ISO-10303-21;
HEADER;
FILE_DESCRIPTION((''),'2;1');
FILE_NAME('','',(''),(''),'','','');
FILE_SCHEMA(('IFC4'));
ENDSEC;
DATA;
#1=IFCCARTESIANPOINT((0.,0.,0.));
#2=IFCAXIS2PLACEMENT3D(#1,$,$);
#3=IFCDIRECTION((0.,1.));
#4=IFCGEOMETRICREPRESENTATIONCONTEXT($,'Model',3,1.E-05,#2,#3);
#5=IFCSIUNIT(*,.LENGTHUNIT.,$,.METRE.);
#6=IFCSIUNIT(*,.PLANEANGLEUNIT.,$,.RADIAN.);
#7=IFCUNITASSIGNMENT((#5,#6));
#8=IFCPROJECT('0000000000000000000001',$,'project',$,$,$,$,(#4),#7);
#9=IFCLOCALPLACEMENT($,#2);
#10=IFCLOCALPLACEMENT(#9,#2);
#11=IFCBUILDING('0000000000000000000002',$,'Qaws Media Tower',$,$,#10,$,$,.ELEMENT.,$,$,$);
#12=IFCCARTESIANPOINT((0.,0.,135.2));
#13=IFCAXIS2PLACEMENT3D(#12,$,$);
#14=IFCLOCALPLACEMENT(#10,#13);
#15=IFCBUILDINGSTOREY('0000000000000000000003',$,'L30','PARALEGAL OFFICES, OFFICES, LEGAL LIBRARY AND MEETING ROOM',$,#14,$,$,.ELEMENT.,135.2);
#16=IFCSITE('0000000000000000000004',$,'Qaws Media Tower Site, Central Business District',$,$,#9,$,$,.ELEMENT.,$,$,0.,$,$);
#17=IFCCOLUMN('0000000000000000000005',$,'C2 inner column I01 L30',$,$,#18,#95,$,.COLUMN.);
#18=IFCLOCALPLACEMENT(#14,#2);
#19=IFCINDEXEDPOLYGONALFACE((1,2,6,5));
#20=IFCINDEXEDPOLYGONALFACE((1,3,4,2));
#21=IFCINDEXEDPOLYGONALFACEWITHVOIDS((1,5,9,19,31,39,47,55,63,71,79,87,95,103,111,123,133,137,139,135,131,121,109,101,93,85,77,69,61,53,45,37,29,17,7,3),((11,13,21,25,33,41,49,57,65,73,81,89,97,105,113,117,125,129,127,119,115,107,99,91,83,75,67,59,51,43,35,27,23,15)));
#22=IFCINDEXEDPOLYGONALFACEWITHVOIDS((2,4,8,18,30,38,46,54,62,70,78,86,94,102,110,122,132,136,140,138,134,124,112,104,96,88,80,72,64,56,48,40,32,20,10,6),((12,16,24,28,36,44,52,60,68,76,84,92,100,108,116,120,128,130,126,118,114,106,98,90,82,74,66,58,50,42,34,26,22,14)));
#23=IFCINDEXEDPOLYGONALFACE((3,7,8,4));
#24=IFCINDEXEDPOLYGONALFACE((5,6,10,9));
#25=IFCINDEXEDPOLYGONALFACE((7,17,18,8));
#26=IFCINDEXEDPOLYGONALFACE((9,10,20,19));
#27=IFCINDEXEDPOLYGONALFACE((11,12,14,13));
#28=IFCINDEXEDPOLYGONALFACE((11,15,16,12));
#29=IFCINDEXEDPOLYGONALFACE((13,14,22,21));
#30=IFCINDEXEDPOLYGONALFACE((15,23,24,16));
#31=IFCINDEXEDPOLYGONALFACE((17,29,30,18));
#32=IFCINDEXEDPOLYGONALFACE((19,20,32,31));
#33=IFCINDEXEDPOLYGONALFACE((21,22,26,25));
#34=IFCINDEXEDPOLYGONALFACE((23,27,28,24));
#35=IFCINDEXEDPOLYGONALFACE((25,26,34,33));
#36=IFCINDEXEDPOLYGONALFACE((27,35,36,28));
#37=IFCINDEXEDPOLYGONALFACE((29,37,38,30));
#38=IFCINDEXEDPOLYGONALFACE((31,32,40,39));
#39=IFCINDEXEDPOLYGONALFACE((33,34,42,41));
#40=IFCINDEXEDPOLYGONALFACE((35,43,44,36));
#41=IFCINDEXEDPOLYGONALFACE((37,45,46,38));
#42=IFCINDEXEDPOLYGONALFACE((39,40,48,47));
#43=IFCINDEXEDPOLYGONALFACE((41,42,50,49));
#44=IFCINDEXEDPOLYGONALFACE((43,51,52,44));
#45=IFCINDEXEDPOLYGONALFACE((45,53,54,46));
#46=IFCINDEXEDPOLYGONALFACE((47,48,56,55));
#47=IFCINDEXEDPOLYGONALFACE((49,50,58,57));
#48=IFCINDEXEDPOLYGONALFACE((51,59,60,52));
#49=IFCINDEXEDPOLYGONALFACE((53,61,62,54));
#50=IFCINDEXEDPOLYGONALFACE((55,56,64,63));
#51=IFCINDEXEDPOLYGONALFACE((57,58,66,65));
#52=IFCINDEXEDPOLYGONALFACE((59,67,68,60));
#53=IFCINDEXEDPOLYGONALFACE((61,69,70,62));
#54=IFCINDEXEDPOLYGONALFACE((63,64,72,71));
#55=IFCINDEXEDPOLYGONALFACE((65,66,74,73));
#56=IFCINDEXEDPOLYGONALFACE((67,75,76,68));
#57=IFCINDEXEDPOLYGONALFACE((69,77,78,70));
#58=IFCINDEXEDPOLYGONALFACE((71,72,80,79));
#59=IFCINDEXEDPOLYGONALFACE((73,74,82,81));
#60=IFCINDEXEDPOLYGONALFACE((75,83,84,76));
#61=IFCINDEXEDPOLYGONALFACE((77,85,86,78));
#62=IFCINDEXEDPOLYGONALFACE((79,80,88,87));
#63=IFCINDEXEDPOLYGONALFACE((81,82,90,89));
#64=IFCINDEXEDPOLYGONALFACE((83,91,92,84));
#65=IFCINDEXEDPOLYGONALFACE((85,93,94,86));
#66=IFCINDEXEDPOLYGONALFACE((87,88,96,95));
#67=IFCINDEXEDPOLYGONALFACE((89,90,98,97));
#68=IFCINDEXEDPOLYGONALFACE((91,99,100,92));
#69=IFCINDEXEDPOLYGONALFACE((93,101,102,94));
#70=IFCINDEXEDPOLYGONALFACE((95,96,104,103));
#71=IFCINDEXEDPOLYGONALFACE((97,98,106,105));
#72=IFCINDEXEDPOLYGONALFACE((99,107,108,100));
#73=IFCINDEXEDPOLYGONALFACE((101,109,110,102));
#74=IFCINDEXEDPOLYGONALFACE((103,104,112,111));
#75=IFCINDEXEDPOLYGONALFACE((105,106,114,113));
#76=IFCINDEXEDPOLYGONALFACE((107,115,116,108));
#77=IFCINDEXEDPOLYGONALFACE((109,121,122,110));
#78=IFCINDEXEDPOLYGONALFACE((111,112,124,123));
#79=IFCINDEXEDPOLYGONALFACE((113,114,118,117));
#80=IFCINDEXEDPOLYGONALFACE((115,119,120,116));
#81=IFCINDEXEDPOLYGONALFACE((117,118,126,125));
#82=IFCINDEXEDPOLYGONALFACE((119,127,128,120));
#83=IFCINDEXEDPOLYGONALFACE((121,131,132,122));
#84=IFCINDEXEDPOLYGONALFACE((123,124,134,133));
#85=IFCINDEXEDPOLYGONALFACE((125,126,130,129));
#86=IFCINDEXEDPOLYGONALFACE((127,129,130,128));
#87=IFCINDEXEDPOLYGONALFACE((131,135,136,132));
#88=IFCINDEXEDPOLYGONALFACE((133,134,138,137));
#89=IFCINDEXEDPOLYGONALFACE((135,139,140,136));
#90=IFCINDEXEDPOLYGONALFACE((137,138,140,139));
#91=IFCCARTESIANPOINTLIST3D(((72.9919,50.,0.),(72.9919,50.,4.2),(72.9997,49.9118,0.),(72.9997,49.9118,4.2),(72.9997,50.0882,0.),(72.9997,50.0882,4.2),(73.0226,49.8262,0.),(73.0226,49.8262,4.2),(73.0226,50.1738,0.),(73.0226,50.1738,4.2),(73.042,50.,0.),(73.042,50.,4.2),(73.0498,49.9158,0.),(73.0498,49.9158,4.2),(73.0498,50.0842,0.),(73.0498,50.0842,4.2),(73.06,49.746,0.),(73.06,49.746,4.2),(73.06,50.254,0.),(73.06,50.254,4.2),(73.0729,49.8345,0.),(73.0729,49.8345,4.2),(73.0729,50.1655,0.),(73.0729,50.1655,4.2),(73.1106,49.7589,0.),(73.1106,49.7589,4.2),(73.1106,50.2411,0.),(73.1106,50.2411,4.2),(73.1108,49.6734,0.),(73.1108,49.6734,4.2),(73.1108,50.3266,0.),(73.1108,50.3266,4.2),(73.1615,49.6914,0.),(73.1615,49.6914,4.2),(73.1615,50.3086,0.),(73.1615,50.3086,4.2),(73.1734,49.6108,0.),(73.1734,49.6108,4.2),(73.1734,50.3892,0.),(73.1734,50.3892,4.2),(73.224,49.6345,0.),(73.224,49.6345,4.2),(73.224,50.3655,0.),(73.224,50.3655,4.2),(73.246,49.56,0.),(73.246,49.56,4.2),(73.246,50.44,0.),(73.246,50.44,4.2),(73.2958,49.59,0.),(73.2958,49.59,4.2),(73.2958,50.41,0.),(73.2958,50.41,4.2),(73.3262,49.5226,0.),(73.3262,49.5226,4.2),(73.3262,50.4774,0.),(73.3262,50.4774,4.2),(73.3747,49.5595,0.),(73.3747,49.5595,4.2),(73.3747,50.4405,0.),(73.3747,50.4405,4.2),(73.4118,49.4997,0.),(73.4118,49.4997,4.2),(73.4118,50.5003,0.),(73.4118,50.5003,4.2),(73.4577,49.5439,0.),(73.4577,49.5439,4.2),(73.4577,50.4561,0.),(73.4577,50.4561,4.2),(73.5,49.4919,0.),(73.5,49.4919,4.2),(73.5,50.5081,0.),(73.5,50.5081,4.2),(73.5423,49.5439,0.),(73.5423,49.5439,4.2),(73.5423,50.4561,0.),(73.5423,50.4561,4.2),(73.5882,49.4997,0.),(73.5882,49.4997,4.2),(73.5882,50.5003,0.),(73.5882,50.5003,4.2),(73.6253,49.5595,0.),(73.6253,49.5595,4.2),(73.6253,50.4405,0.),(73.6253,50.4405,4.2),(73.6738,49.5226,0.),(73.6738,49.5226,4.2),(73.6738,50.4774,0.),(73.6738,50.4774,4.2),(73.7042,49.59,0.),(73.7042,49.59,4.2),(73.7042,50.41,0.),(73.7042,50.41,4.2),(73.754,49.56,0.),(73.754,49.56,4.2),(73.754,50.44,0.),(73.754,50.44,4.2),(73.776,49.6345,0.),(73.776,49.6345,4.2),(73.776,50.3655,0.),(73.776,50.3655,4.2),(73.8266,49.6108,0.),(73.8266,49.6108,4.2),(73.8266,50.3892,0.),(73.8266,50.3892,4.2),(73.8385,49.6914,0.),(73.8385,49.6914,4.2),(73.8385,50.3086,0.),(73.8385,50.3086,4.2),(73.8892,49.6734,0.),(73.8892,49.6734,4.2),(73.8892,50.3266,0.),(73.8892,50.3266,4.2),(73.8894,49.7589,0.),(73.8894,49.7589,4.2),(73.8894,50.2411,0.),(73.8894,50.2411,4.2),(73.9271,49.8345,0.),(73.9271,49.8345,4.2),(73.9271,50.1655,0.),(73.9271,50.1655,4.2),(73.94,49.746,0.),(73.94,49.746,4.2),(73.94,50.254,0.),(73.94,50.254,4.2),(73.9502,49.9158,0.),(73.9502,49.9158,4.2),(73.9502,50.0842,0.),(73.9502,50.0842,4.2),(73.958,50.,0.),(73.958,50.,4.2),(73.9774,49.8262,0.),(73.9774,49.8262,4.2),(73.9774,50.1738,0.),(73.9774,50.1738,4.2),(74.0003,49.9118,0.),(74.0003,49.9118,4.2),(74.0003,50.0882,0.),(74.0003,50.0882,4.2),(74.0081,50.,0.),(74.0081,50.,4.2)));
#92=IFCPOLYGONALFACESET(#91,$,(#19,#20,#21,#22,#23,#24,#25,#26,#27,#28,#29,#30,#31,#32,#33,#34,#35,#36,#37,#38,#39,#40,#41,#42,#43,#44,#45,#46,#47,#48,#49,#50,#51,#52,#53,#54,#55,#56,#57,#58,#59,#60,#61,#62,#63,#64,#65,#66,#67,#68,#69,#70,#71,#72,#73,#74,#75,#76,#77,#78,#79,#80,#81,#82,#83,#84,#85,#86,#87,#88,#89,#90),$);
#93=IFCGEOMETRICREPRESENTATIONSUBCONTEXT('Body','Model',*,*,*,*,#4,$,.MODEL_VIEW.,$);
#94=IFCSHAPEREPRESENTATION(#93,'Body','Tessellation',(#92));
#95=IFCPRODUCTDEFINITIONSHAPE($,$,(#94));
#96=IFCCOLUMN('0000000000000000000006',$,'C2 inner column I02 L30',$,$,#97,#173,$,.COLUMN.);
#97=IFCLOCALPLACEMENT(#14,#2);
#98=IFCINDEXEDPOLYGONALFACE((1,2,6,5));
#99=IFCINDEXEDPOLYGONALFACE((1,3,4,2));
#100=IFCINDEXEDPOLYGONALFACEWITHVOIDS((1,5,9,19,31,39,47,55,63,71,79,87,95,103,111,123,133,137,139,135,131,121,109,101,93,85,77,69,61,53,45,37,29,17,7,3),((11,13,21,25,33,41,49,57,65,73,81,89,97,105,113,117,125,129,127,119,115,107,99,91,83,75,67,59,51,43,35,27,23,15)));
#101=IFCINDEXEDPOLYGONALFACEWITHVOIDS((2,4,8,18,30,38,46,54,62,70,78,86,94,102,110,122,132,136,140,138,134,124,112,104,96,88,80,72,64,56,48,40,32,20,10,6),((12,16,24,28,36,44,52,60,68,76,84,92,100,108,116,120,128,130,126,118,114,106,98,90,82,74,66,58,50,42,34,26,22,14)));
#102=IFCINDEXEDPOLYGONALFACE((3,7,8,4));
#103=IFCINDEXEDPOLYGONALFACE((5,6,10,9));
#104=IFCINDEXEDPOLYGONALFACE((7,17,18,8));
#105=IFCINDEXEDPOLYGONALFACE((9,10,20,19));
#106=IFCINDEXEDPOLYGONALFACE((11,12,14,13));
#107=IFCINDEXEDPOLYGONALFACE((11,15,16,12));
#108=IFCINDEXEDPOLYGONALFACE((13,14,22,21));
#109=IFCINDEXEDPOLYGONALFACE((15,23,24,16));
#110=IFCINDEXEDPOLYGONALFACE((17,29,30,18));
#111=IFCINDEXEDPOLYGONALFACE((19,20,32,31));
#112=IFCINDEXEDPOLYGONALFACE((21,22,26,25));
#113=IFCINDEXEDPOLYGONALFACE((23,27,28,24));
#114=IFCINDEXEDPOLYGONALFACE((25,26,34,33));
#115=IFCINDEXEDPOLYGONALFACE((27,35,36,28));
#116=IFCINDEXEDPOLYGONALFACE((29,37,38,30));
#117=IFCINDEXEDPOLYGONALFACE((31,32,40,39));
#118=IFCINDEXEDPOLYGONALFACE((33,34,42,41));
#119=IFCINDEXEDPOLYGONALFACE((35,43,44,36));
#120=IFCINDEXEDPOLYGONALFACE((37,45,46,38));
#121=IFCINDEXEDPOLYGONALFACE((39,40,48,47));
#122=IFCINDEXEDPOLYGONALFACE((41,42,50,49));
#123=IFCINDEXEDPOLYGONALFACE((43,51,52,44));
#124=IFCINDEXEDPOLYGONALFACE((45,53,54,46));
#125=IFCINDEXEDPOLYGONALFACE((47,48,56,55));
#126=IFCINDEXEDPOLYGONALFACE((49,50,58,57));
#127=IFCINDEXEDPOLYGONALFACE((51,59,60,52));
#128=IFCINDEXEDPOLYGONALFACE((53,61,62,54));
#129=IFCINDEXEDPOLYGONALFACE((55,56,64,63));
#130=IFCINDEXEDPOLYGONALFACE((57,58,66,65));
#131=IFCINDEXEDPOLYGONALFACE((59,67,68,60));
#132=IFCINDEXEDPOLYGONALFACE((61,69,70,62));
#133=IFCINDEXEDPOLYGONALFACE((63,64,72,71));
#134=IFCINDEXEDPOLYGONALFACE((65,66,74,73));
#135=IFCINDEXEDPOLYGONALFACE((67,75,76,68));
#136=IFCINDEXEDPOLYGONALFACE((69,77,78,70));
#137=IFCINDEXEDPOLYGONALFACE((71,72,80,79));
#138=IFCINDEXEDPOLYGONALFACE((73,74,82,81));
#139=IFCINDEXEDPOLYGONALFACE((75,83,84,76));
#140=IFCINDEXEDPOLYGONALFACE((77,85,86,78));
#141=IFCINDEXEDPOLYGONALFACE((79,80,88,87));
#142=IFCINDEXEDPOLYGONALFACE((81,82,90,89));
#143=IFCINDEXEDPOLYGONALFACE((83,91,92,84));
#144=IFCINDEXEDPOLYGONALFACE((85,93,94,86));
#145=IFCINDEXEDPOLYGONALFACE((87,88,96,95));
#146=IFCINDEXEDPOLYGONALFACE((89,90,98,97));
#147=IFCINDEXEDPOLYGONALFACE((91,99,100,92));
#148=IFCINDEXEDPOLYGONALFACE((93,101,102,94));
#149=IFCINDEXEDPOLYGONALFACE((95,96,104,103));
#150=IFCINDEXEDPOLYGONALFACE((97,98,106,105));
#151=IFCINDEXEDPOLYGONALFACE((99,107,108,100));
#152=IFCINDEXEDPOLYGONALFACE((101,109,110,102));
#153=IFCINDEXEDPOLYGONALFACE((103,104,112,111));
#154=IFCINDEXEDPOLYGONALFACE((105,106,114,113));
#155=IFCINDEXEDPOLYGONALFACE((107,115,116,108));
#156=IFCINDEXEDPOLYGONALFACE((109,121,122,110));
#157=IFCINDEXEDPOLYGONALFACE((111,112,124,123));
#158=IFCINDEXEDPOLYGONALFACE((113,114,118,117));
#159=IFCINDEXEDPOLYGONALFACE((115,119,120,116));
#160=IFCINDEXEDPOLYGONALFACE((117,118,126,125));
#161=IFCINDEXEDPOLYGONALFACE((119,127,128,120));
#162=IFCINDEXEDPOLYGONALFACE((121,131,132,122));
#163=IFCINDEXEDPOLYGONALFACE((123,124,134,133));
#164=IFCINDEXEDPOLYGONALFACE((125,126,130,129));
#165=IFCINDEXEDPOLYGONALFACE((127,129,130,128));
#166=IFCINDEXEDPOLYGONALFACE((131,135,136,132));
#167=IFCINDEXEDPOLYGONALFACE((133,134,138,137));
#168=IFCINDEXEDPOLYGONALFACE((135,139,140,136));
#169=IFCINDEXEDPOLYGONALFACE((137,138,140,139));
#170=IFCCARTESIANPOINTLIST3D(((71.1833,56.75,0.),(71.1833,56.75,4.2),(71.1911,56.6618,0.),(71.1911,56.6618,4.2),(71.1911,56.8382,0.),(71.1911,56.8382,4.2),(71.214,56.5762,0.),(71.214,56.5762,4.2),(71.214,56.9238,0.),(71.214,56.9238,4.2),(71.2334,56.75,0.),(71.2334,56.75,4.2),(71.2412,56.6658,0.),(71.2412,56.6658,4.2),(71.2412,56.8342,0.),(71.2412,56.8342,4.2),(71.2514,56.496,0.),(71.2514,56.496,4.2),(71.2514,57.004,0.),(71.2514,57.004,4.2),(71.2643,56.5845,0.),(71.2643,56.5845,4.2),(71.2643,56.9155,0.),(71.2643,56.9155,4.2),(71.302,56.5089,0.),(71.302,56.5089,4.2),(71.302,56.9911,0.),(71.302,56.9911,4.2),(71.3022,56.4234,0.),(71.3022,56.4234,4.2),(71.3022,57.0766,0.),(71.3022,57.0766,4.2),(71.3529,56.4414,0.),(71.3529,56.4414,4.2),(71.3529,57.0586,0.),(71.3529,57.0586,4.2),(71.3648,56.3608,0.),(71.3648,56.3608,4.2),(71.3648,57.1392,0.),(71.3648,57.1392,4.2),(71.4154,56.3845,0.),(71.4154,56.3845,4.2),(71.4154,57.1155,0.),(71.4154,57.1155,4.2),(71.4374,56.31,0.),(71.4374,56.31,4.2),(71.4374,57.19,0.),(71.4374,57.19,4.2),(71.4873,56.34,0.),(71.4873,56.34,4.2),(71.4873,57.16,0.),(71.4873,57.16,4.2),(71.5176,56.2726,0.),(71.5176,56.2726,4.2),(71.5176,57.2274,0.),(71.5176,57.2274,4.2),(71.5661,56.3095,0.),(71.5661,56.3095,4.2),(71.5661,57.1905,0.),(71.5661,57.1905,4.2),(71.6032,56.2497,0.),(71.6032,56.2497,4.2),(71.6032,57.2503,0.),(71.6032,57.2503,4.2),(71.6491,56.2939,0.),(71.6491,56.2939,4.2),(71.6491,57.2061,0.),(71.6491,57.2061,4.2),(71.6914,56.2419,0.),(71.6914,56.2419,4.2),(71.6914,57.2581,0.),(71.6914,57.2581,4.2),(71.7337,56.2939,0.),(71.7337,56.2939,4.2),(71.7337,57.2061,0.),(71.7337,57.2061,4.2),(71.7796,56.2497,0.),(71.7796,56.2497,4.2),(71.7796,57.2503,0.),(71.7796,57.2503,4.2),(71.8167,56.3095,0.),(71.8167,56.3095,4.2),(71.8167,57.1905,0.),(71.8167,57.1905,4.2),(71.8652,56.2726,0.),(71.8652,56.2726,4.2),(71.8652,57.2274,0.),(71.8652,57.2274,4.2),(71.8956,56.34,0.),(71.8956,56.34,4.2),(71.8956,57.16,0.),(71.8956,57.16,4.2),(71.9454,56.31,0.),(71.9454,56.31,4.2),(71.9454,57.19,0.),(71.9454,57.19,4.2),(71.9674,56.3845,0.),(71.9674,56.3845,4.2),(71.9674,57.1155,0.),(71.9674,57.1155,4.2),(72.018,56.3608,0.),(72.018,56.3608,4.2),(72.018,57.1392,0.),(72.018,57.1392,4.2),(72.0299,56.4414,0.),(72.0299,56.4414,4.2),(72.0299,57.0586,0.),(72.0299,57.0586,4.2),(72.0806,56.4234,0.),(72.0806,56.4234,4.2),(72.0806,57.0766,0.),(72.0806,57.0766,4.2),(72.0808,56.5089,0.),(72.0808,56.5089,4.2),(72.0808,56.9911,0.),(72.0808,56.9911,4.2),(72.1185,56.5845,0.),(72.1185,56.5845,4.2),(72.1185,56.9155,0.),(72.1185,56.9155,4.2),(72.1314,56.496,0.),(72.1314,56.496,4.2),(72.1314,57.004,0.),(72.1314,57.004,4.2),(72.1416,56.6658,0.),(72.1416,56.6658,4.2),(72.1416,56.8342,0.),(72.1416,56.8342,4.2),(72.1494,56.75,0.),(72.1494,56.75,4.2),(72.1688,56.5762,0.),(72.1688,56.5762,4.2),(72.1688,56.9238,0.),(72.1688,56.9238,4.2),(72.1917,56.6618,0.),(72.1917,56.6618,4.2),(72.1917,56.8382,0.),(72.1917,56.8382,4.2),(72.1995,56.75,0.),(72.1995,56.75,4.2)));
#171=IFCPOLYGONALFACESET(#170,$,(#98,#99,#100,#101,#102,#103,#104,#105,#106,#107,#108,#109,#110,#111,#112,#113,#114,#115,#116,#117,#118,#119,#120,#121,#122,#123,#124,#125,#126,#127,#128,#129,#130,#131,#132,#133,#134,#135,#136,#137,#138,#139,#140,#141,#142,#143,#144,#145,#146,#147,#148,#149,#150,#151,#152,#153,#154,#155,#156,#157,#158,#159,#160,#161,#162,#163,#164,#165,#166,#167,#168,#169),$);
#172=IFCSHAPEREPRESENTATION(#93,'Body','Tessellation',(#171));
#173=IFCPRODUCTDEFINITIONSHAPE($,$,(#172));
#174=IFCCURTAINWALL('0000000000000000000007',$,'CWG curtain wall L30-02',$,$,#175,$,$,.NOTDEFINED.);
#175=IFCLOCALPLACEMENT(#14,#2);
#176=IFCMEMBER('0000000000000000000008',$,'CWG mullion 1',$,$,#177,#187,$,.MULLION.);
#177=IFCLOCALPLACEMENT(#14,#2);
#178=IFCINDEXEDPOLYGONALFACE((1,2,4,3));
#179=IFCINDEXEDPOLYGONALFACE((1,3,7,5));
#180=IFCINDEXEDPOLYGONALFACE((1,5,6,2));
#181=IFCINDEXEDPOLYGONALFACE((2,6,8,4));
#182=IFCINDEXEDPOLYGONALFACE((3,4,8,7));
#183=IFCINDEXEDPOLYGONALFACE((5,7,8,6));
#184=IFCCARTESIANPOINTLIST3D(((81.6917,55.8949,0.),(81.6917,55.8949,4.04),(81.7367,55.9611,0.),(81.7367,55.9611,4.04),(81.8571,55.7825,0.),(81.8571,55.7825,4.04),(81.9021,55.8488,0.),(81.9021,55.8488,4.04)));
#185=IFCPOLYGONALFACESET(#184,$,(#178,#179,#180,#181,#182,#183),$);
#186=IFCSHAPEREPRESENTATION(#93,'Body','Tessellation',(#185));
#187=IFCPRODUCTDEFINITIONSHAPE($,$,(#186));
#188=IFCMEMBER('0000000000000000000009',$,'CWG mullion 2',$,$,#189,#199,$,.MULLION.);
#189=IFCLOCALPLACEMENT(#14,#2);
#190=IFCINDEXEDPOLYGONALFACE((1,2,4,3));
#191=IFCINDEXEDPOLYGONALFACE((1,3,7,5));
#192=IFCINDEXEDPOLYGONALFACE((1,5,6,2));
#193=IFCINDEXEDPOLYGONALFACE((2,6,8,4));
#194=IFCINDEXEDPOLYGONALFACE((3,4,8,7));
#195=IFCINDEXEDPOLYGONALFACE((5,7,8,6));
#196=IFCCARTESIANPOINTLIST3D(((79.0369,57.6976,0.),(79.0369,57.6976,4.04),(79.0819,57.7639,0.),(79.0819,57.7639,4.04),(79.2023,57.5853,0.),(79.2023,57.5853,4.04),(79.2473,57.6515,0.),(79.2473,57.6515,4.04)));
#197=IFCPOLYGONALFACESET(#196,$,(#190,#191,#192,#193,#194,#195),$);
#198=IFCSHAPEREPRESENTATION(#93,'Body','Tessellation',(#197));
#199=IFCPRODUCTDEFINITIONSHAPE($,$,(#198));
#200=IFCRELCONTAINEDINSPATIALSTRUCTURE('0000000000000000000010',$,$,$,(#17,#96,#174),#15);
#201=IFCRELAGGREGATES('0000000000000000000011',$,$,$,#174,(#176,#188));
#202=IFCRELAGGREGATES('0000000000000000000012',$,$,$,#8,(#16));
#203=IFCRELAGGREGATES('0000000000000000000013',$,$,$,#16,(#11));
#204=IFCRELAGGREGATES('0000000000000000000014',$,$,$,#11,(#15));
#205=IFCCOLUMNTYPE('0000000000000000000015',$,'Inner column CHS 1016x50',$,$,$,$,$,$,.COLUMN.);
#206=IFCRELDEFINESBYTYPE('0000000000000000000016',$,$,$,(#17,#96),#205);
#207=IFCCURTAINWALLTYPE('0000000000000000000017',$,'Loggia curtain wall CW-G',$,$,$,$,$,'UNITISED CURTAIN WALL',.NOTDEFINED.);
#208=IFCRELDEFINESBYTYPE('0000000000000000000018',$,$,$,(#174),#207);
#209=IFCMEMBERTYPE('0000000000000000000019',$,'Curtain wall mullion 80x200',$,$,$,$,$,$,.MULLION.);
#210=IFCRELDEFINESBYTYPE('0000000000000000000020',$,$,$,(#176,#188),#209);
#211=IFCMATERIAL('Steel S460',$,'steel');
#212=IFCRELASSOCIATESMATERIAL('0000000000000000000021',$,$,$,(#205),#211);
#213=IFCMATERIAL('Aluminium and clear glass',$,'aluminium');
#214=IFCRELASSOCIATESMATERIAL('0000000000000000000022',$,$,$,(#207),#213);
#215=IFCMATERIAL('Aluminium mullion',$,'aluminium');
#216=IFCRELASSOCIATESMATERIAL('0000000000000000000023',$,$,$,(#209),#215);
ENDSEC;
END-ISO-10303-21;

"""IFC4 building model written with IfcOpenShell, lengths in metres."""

from ifc_helpers import new_model, si_unit, direction, frame, origin, origin_2d, place, context, subcontext, project, spatial, rectangle, hollow_circle, extrude, material, material_profile, profile_set, type_object, element, aggregate, save


model = new_model("IFC4")

# Units and contexts
model_context = context("Model", 3, precision=1e-05, world=origin(), true_north=direction((0.0, 1.0)))
body_context = subcontext(model_context, "Body", "Model", "MODEL_VIEW")
ifc_project = project(units=[si_unit("LENGTHUNIT", "METRE"), si_unit("PLANEANGLEUNIT", "RADIAN")], contexts=[model_context])

# Site, building, storey
site_placement = place(None, origin())
site = spatial("IfcSite", under=ifc_project, at=site_placement, Name="Qaws Media Tower Site, Central Business District", CompositionType="ELEMENT", RefElevation=0.0)
building_placement = place(site_placement, origin())
building = spatial("IfcBuilding", under=site, at=building_placement, Name="Qaws Media Tower", CompositionType="ELEMENT")
storey_placement = place(building_placement, frame((0.0, 0.0, 135.2)))
storey = spatial("IfcBuildingStorey", under=building, at=storey_placement, Name="L30", Description="PARALEGAL OFFICES, OFFICES, LEGAL LIBRARY AND MEETING ROOM", CompositionType="ELEMENT", Elevation=135.2)

# Columns
ifc_material_1 = material(Name="Steel S460", Category="steel")
ifc_material_profile_1 = material_profile(ifc_material_1, hollow_circle(Radius=0.5081, WallThickness=0.05, at=origin_2d()), Name="CHS 1016x50")
ifc_profile_set_1 = profile_set([ifc_material_profile_1], Name="Steel S460")
column_type = type_object("IfcColumnType", Name="Inner column CHS 1016x50", PredefinedType="COLUMN", material=ifc_profile_set_1)
for number, where, z_axis, x_axis, name in (
    (1, (73.5, 50.0, 0.0), (0.0, 0.0, 1.0), (1.0, 0.0, 0.0), "C2 inner column I01 L30"),
    (2, (71.6914, 56.75, 0.0), (0.0, 0.0, 1.0), (1.0, 0.0, 0.0), "C2 inner column I02 L30"),
):
    element("IfcColumn", number, at=place(storey_placement, frame(where, z_axis=z_axis, x_axis=x_axis)), inside=storey, type_object=column_type, Name=name, PredefinedType="COLUMN", context=body_context, shape_type="SweptSolid", body=[
        extrude(hollow_circle(Radius=0.5081, WallThickness=0.05, at=origin_2d()), origin(), (0.0, 0.0, 1.0), 4.2),
    ])

# Curtain wall, members
ifc_material_2 = material(Name="Aluminium and clear glass", Category="aluminium")
curtain_wall_type_1 = type_object("IfcCurtainWallType", Name="Loggia curtain wall CW-G", ElementType="UNITISED CURTAIN WALL", PredefinedType="NOTDEFINED", material=ifc_material_2)
curtain_wall_1_placement = place(storey_placement, origin())
curtain_wall_1 = element("IfcCurtainWall", 3, at=curtain_wall_1_placement, inside=storey, type_object=curtain_wall_type_1, Name="CWG curtain wall L30-02", PredefinedType="NOTDEFINED")
ifc_material_3 = material(Name="Aluminium mullion", Category="aluminium")
ifc_material_profile_2 = material_profile(ifc_material_3, rectangle(XDim=0.0801, YDim=0.2, at=origin_2d()), Name="80x200")
ifc_profile_set_2 = profile_set([ifc_material_profile_2], Name="Aluminium mullion")
member_type_1 = type_object("IfcMemberType", Name="Curtain wall mullion 80x200", PredefinedType="MULLION", material=ifc_profile_set_2)
member_1_placement = place(storey_placement, frame((81.7969, 55.8718, 0.0), z_axis=(0.0, 0.0, 1.0), x_axis=(-0.561825, -0.827256, 0.0)))
member_1 = element("IfcMember", 4, at=member_1_placement, type_object=member_type_1, Name="CWG mullion 1", PredefinedType="MULLION", context=body_context, shape_type="SweptSolid", body=[
    extrude(rectangle(XDim=0.0801, YDim=0.2, at=origin_2d()), origin(), (0.0, 0.0, 1.0), 4.04),
])
member_2_placement = place(storey_placement, frame((79.1421, 57.6746, 0.0), z_axis=(0.0, 0.0, 1.0), x_axis=(-0.561825, -0.827256, 0.0)))
member_2 = element("IfcMember", 5, at=member_2_placement, type_object=member_type_1, Name="CWG mullion 2", PredefinedType="MULLION", context=body_context, shape_type="SweptSolid", body=[
    extrude(rectangle(XDim=0.0801, YDim=0.2, at=origin_2d()), origin(), (0.0, 0.0, 1.0), 4.04),
])

aggregate(curtain_wall_1, [member_1, member_2])

save(model, "model.ifc")
